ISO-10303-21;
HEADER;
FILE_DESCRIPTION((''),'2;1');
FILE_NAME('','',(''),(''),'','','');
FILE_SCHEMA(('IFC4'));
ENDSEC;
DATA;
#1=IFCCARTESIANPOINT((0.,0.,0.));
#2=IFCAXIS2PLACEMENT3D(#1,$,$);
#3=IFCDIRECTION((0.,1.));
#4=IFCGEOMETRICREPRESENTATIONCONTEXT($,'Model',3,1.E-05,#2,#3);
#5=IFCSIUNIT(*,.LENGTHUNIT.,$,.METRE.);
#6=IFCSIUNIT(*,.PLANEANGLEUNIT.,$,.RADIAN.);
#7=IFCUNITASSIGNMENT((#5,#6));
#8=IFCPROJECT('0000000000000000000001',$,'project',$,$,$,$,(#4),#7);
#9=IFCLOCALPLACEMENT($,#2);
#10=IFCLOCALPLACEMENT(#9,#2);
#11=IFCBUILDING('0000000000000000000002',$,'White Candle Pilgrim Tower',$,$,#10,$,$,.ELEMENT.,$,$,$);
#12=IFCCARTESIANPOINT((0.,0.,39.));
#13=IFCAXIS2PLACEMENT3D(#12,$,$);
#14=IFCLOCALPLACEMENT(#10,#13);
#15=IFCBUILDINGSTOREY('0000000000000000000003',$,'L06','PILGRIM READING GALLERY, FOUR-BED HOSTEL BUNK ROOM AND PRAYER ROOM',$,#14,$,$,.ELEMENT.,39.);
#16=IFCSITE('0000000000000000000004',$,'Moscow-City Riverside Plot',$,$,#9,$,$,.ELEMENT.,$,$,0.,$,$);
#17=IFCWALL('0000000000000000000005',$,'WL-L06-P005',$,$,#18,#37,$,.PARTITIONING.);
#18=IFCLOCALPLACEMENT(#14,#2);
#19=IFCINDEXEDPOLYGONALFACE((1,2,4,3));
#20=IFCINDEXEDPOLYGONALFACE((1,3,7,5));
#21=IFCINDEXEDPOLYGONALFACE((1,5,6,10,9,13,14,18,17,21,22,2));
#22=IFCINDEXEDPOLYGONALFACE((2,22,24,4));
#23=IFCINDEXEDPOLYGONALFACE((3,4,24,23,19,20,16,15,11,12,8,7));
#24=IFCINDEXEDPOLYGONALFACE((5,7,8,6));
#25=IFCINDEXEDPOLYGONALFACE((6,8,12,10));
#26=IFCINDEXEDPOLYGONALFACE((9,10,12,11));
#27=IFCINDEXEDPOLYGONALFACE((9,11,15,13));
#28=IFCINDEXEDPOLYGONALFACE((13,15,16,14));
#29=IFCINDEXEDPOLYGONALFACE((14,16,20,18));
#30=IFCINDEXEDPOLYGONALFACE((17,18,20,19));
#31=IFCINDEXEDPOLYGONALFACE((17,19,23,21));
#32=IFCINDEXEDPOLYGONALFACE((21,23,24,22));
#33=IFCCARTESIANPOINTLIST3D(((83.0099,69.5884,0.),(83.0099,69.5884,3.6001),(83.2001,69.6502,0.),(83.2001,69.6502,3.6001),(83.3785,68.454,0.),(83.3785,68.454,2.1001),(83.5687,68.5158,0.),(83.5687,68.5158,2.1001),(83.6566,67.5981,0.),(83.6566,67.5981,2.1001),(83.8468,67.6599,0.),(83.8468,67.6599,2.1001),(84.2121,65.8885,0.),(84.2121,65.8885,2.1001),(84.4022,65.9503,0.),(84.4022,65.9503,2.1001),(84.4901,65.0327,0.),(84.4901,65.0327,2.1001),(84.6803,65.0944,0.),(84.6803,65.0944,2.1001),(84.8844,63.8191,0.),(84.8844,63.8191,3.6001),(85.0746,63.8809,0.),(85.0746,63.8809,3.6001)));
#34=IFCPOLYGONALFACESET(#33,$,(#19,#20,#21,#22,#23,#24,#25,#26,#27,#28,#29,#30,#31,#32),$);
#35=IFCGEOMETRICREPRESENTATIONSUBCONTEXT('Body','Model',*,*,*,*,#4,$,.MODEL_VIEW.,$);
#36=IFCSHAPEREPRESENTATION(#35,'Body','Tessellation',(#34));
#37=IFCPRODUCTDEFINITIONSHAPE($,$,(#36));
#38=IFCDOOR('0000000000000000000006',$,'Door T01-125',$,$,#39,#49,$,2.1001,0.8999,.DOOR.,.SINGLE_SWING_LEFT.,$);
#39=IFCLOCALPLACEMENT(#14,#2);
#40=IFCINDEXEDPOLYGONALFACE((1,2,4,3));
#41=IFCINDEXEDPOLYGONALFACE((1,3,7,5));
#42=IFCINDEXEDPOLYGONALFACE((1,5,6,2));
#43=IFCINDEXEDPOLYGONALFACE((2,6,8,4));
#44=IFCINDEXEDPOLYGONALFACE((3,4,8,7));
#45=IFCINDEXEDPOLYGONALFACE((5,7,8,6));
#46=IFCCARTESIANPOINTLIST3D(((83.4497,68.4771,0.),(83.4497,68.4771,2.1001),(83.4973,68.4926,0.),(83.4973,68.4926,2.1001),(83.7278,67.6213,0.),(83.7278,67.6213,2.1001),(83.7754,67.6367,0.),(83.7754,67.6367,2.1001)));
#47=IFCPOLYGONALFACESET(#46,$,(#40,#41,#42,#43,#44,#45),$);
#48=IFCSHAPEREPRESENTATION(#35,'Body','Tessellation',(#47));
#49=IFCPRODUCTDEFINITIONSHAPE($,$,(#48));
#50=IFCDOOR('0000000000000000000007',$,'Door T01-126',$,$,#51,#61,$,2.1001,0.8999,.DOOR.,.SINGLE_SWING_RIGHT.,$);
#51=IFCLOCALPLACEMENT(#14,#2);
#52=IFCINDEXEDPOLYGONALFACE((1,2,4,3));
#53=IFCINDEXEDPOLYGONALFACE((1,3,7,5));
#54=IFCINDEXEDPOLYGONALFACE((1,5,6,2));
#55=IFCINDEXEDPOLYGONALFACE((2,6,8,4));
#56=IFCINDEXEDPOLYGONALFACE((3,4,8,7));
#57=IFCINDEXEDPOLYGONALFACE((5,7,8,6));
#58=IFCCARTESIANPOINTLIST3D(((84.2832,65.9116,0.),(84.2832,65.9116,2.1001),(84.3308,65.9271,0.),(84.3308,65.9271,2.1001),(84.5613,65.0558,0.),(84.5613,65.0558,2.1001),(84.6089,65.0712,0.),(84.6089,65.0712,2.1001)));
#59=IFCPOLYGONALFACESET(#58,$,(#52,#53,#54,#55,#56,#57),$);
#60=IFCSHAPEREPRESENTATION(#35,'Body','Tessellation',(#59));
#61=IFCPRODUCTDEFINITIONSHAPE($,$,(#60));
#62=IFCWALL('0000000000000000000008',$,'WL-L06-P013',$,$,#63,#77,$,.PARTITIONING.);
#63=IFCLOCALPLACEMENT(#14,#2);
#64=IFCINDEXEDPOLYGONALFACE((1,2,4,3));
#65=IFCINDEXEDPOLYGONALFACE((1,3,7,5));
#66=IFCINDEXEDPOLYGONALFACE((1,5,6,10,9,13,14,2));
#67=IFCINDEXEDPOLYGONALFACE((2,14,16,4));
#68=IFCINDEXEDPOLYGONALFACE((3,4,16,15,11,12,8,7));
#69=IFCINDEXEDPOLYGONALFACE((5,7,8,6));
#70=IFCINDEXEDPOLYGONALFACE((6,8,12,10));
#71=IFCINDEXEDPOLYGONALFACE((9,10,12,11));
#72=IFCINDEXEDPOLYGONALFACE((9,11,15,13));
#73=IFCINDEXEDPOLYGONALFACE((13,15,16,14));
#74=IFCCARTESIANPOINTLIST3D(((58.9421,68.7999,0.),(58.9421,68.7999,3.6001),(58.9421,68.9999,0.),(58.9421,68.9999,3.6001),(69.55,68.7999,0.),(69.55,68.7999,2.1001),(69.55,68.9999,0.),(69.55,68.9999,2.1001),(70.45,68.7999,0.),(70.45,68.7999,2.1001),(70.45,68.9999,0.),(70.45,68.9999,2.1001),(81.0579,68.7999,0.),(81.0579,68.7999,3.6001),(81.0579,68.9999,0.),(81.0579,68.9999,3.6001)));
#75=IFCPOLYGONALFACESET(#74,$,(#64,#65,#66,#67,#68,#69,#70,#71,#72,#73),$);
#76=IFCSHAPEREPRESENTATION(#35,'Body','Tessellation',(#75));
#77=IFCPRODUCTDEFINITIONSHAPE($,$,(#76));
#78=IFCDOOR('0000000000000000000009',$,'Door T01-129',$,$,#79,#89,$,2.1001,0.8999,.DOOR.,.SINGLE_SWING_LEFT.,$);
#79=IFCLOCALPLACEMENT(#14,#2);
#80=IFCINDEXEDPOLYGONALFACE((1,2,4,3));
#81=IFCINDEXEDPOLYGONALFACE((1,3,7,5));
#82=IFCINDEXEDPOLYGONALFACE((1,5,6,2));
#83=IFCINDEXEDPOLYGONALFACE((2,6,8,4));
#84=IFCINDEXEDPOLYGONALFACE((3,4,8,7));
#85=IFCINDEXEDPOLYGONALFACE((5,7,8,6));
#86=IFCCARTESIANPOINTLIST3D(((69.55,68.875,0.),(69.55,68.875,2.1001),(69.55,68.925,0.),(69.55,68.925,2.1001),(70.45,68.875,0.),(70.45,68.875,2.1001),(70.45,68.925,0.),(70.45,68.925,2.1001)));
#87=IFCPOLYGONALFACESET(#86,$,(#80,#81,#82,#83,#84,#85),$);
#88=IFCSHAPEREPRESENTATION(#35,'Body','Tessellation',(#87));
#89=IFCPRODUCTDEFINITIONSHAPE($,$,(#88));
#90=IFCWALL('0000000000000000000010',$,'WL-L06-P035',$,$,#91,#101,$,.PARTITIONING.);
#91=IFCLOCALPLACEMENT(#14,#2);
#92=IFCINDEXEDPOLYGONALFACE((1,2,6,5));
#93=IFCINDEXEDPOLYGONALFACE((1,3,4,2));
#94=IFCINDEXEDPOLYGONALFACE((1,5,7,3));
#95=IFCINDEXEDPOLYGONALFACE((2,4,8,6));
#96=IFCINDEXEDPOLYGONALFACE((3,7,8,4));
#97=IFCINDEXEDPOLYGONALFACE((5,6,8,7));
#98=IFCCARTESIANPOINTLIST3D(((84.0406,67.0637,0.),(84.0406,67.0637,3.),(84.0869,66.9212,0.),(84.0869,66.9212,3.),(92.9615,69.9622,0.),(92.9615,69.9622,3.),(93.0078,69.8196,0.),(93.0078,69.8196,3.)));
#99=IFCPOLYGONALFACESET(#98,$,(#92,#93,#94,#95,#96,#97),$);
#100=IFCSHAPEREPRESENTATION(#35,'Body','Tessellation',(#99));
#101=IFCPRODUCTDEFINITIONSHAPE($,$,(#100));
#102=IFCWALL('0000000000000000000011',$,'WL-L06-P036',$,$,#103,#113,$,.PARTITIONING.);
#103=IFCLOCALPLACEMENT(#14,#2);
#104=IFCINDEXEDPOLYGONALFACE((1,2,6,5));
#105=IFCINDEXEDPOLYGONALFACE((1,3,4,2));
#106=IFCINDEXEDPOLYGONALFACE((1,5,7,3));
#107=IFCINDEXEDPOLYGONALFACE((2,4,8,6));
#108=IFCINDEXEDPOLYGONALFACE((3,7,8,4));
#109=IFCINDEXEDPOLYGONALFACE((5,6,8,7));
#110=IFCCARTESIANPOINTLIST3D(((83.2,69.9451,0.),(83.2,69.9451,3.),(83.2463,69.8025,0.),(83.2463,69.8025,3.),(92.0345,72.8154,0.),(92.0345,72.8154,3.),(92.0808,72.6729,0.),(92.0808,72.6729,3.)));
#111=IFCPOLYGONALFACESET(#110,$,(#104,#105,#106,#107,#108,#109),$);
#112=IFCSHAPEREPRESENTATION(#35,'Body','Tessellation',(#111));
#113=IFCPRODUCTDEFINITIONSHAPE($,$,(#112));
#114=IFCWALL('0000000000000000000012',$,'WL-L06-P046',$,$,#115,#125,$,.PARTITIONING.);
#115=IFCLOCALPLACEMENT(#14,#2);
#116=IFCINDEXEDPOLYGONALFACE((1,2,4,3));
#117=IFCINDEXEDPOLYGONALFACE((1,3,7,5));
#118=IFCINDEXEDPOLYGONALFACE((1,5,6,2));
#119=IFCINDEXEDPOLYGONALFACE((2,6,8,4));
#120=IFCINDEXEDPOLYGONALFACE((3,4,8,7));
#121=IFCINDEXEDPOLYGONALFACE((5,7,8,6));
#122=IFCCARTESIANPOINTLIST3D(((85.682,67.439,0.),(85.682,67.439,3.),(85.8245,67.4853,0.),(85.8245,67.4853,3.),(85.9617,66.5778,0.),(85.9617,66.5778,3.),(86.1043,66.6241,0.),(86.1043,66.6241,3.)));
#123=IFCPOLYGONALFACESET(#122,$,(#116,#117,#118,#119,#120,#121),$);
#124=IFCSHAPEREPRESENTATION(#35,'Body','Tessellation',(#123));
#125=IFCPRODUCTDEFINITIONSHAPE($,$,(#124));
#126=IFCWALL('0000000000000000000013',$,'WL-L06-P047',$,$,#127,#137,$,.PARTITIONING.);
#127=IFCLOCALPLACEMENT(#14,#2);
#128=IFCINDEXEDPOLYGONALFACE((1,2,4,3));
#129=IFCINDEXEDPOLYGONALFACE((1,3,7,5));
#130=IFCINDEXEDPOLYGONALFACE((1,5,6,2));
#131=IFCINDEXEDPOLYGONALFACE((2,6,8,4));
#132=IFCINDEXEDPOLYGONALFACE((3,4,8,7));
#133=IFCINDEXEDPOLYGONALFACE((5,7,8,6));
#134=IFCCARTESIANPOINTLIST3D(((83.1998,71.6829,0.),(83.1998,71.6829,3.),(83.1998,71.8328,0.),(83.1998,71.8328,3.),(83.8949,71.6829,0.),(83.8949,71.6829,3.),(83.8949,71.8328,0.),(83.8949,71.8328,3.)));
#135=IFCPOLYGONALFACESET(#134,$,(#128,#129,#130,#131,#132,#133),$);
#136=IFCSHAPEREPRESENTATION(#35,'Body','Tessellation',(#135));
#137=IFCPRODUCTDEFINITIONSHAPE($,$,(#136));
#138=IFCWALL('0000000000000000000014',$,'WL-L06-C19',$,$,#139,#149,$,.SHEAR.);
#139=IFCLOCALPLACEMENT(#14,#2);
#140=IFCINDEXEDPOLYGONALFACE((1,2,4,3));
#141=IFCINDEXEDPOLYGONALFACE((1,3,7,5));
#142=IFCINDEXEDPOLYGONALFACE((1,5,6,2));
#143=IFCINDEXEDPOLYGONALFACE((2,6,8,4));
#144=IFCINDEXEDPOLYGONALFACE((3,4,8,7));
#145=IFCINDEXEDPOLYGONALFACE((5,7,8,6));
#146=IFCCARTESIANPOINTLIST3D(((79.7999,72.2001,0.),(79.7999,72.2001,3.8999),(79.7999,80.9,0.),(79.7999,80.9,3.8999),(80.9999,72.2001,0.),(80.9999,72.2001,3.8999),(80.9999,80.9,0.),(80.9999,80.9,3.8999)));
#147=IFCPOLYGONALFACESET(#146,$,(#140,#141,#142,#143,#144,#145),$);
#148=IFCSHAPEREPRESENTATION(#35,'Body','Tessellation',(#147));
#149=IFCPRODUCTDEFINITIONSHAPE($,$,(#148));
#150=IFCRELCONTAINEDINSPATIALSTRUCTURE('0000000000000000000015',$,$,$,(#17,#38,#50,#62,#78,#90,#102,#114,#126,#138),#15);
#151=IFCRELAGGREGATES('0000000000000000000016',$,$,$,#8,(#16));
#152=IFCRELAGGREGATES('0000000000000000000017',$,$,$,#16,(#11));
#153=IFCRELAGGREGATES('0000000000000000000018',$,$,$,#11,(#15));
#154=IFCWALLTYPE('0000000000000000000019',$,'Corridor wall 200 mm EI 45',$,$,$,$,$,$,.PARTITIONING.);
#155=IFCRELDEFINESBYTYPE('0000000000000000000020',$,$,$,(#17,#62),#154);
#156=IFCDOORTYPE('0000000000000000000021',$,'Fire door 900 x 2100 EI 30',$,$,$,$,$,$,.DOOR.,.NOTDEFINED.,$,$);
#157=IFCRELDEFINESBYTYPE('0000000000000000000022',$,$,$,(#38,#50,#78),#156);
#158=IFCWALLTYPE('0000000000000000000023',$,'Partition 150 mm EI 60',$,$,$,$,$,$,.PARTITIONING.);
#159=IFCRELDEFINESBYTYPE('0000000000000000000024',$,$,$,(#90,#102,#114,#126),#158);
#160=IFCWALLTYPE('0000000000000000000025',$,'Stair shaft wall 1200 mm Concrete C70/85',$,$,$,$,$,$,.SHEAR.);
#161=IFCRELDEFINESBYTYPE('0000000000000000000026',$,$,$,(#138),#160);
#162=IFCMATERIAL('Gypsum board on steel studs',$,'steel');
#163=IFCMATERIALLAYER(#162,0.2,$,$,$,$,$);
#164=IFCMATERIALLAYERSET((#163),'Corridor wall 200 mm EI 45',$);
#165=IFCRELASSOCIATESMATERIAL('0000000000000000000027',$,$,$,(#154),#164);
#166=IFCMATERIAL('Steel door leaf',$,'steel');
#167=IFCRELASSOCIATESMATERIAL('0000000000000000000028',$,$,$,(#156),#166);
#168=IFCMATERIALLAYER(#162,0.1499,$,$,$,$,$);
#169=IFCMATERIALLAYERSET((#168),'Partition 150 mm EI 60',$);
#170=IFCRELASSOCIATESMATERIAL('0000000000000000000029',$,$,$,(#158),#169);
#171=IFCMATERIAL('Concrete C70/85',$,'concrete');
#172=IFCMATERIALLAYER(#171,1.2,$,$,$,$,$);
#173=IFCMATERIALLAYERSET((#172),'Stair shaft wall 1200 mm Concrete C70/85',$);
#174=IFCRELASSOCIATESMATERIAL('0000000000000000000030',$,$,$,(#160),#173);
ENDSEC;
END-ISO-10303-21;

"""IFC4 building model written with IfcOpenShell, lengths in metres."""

from ifc_helpers import new_model, si_unit, direction, frame, frame_2d, origin, place, context, subcontext, project, spatial, rectangle, extrude, material, layer, layer_set, type_object, element, fill, save


model = new_model("IFC4")

# Units and contexts
model_context = context("Model", 3, precision=1e-05, world=origin(), true_north=direction((0.0, 1.0)))
body_context = subcontext(model_context, "Body", "Model", "MODEL_VIEW")
ifc_project = project(units=[si_unit("LENGTHUNIT", "METRE"), si_unit("PLANEANGLEUNIT", "RADIAN")], contexts=[model_context])

# Site, building, storey
site_placement = place(None, origin())
site = spatial("IfcSite", under=ifc_project, at=site_placement, Name="Moscow-City Riverside Plot", CompositionType="ELEMENT", RefElevation=0.0)
building_placement = place(site_placement, origin())
building = spatial("IfcBuilding", under=site, at=building_placement, Name="White Candle Pilgrim Tower", CompositionType="ELEMENT")
storey_placement = place(building_placement, frame((0.0, 0.0, 39.0)))
storey = spatial("IfcBuildingStorey", under=building, at=storey_placement, Name="L06", Description="PILGRIM READING GALLERY, FOUR-BED HOSTEL BUNK ROOM AND PRAYER ROOM", CompositionType="ELEMENT", Elevation=39.0)

# Wall, openings, doors
ifc_material_1 = material(Name="Gypsum board on steel studs", Category="steel")
ifc_layer_1 = layer(ifc_material_1, 0.2)
ifc_layer_set_1 = layer_set([ifc_layer_1], Name="Corridor wall 200 mm EI 45")
wall_type_1 = type_object("IfcWallType", Name="Corridor wall 200 mm EI 45", PredefinedType="PARTITIONING", material=ifc_layer_set_1)
wall_1_placement = place(storey_placement, frame((83.105, 69.6194, 0.0), z_axis=(0.0, 0.0, 1.0), x_axis=(0.309011, -0.951059, 0.0)))
wall_1 = element("IfcWall", 1, at=wall_1_placement, inside=storey, type_object=wall_type_1, Name="WL-L06-P005", PredefinedType="PARTITIONING", context=body_context, shape_type="SweptSolid", body=[
    extrude(rectangle(XDim=6.0662, YDim=0.2, at=frame_2d((3.0332, 0.0))), origin(), (0.0, 0.0, 1.0), 3.6001),
])
opening_1_placement = place(wall_1_placement, frame((1.1929, 0.0, 0.0)))
opening_1 = element("IfcOpeningElement", 2, at=opening_1_placement, cuts=wall_1, PredefinedType="OPENING", context=body_context, shape_type="SweptSolid", body=[
    extrude(rectangle(XDim=0.8999, YDim=2.1001, at=frame_2d((0.45, 1.05))), frame((0.0, 0.1099, 0.0), z_axis=(0.0, -1.0, 0.0), x_axis=(1.0, 0.0, 0.0)), (0.0, 0.0, 1.0), 0.22),
])
opening_2_placement = place(wall_1_placement, frame((3.8904, 0.0, 0.0)))
opening_2 = element("IfcOpeningElement", 3, at=opening_2_placement, cuts=wall_1, PredefinedType="OPENING", context=body_context, shape_type="SweptSolid", body=[
    extrude(rectangle(XDim=0.8999, YDim=2.1001, at=frame_2d((0.45, 1.05))), frame((0.0, 0.1099, 0.0), z_axis=(0.0, -1.0, 0.0), x_axis=(1.0, 0.0, 0.0)), (0.0, 0.0, 1.0), 0.22),
])
ifc_material_2 = material(Name="Steel door leaf", Category="steel")
door_type = type_object("IfcDoorType", Name="Fire door 900 x 2100 EI 30", OperationType="NOTDEFINED", PredefinedType="DOOR", material=ifc_material_2)
door_1_placement = place(opening_1_placement, origin())
door_1 = element("IfcDoor", 4, at=door_1_placement, inside=storey, type_object=door_type, Name="Door T01-125", OperationType="SINGLE_SWING_LEFT", OverallHeight=2.1001, OverallWidth=0.8999, PredefinedType="DOOR", context=body_context, shape_type="SweptSolid", body=[
    extrude(rectangle(XDim=0.8999, YDim=2.1001, at=frame_2d((0.45, 1.05))), frame((0.0, 0.0249, 0.0), z_axis=(0.0, -1.0, 0.0), x_axis=(1.0, 0.0, 0.0)), (0.0, 0.0, 1.0), 0.05),
])
fill(opening_1, door_1)
door_2_placement = place(opening_2_placement, origin())
door_2 = element("IfcDoor", 5, at=door_2_placement, inside=storey, type_object=door_type, Name="Door T01-126", OperationType="SINGLE_SWING_RIGHT", OverallHeight=2.1001, OverallWidth=0.8999, PredefinedType="DOOR", context=body_context, shape_type="SweptSolid", body=[
    extrude(rectangle(XDim=0.8999, YDim=2.1001, at=frame_2d((0.45, 1.05))), frame((0.0, 0.0249, 0.0), z_axis=(0.0, -1.0, 0.0), x_axis=(1.0, 0.0, 0.0)), (0.0, 0.0, 1.0), 0.05),
])
fill(opening_2, door_2)

# Wall, opening, door
wall_2_placement = place(storey_placement, frame((81.0579, 68.8999, 0.0), z_axis=(0.0, 0.0, 1.0), x_axis=(-1.0, 0.0, 0.0)))
wall_2 = element("IfcWall", 6, at=wall_2_placement, inside=storey, type_object=wall_type_1, Name="WL-L06-P013", PredefinedType="PARTITIONING", context=body_context, shape_type="SweptSolid", body=[
    extrude(rectangle(XDim=22.1157, YDim=0.2, at=frame_2d((11.0579, 0.0))), origin(), (0.0, 0.0, 1.0), 3.6001),
])
opening_3_placement = place(wall_2_placement, frame((10.6079, 0.0, 0.0)))
opening_3 = element("IfcOpeningElement", 7, at=opening_3_placement, cuts=wall_2, PredefinedType="OPENING", context=body_context, shape_type="SweptSolid", body=[
    extrude(rectangle(XDim=0.8999, YDim=2.1001, at=frame_2d((0.45, 1.05))), frame((0.0, 0.1099, 0.0), z_axis=(0.0, -1.0, 0.0), x_axis=(1.0, 0.0, 0.0)), (0.0, 0.0, 1.0), 0.22),
])
door_3_placement = place(opening_3_placement, origin())
door_3 = element("IfcDoor", 8, at=door_3_placement, inside=storey, type_object=door_type, Name="Door T01-129", OperationType="SINGLE_SWING_LEFT", OverallHeight=2.1001, OverallWidth=0.8999, PredefinedType="DOOR", context=body_context, shape_type="SweptSolid", body=[
    extrude(rectangle(XDim=0.8999, YDim=2.1001, at=frame_2d((0.45, 1.05))), frame((0.0, 0.0249, 0.0), z_axis=(0.0, -1.0, 0.0), x_axis=(1.0, 0.0, 0.0)), (0.0, 0.0, 1.0), 0.05),
])
fill(opening_3, door_3)

# Walls
ifc_layer_2 = layer(ifc_material_1, 0.1499)
ifc_layer_set_2 = layer_set([ifc_layer_2], Name="Partition 150 mm EI 60")
wall_type_2 = type_object("IfcWallType", Name="Partition 150 mm EI 60", PredefinedType="PARTITIONING", material=ifc_layer_set_2)
wall_3_placement = place(storey_placement, frame((92.9846, 69.8909, 0.0), z_axis=(0.0, 0.0, 1.0), x_axis=(-0.951061, -0.309004, 0.0)))
element("IfcWall", 9, at=wall_3_placement, inside=storey, type_object=wall_type_2, Name="WL-L06-P035", PredefinedType="PARTITIONING", context=body_context, shape_type="SweptSolid", body=[
    extrude(rectangle(XDim=9.3799, YDim=0.1499, at=frame_2d((4.6899, 0.0))), origin(), (0.0, 0.0, 1.0), 3.0),
])
wall_4_placement = place(storey_placement, frame((92.0576, 72.7441, 0.0), z_axis=(0.0, 0.0, 1.0), x_axis=(-0.951061, -0.309004, 0.0)))
element("IfcWall", 10, at=wall_4_placement, inside=storey, type_object=wall_type_2, Name="WL-L06-P036", PredefinedType="PARTITIONING", context=body_context, shape_type="SweptSolid", body=[
    extrude(rectangle(XDim=9.2891, YDim=0.1499, at=frame_2d((4.6445, 0.0))), origin(), (0.0, 0.0, 1.0), 3.0),
])
wall_5_placement = place(storey_placement, frame((86.033, 66.6011, 0.0), z_axis=(0.0, 0.0, 1.0), x_axis=(-0.30894, 0.951082, 0.0)))
element("IfcWall", 11, at=wall_5_placement, inside=storey, type_object=wall_type_2, Name="WL-L06-P046", PredefinedType="PARTITIONING", context=body_context, shape_type="SweptSolid", body=[
    extrude(rectangle(XDim=0.9055, YDim=0.1499, at=frame_2d((0.4526, 0.0))), origin(), (0.0, 0.0, 1.0), 3.0),
])
wall_6_placement = place(storey_placement, frame((83.895, 71.7578, 0.0), z_axis=(0.0, 0.0, 1.0), x_axis=(-1.0, 0.0, 0.0)))
element("IfcWall", 12, at=wall_6_placement, inside=storey, type_object=wall_type_2, Name="WL-L06-P047", PredefinedType="PARTITIONING", context=body_context, shape_type="SweptSolid", body=[
    extrude(rectangle(XDim=0.6951, YDim=0.1499, at=frame_2d((0.3477, 0.0))), origin(), (0.0, 0.0, 1.0), 3.0),
])
ifc_material_3 = material(Name="Concrete C70/85", Category="concrete")
ifc_layer_3 = layer(ifc_material_3, 1.2)
ifc_layer_set_3 = layer_set([ifc_layer_3], Name="Stair shaft wall 1200 mm Concrete C70/85")
wall_type_3 = type_object("IfcWallType", Name="Stair shaft wall 1200 mm Concrete C70/85", PredefinedType="SHEAR", material=ifc_layer_set_3)
wall_7_placement = place(storey_placement, frame((80.3999, 72.2, 0.0), z_axis=(0.0, 0.0, 1.0), x_axis=(0.0, 1.0, 0.0)))
element("IfcWall", 13, at=wall_7_placement, inside=storey, type_object=wall_type_3, Name="WL-L06-C19", PredefinedType="SHEAR", context=body_context, shape_type="SweptSolid", body=[
    extrude(rectangle(XDim=8.7, YDim=1.2, at=frame_2d((4.3501, 0.0))), origin(), (0.0, 0.0, 1.0), 3.8999),
])

save(model, "model.ifc")
